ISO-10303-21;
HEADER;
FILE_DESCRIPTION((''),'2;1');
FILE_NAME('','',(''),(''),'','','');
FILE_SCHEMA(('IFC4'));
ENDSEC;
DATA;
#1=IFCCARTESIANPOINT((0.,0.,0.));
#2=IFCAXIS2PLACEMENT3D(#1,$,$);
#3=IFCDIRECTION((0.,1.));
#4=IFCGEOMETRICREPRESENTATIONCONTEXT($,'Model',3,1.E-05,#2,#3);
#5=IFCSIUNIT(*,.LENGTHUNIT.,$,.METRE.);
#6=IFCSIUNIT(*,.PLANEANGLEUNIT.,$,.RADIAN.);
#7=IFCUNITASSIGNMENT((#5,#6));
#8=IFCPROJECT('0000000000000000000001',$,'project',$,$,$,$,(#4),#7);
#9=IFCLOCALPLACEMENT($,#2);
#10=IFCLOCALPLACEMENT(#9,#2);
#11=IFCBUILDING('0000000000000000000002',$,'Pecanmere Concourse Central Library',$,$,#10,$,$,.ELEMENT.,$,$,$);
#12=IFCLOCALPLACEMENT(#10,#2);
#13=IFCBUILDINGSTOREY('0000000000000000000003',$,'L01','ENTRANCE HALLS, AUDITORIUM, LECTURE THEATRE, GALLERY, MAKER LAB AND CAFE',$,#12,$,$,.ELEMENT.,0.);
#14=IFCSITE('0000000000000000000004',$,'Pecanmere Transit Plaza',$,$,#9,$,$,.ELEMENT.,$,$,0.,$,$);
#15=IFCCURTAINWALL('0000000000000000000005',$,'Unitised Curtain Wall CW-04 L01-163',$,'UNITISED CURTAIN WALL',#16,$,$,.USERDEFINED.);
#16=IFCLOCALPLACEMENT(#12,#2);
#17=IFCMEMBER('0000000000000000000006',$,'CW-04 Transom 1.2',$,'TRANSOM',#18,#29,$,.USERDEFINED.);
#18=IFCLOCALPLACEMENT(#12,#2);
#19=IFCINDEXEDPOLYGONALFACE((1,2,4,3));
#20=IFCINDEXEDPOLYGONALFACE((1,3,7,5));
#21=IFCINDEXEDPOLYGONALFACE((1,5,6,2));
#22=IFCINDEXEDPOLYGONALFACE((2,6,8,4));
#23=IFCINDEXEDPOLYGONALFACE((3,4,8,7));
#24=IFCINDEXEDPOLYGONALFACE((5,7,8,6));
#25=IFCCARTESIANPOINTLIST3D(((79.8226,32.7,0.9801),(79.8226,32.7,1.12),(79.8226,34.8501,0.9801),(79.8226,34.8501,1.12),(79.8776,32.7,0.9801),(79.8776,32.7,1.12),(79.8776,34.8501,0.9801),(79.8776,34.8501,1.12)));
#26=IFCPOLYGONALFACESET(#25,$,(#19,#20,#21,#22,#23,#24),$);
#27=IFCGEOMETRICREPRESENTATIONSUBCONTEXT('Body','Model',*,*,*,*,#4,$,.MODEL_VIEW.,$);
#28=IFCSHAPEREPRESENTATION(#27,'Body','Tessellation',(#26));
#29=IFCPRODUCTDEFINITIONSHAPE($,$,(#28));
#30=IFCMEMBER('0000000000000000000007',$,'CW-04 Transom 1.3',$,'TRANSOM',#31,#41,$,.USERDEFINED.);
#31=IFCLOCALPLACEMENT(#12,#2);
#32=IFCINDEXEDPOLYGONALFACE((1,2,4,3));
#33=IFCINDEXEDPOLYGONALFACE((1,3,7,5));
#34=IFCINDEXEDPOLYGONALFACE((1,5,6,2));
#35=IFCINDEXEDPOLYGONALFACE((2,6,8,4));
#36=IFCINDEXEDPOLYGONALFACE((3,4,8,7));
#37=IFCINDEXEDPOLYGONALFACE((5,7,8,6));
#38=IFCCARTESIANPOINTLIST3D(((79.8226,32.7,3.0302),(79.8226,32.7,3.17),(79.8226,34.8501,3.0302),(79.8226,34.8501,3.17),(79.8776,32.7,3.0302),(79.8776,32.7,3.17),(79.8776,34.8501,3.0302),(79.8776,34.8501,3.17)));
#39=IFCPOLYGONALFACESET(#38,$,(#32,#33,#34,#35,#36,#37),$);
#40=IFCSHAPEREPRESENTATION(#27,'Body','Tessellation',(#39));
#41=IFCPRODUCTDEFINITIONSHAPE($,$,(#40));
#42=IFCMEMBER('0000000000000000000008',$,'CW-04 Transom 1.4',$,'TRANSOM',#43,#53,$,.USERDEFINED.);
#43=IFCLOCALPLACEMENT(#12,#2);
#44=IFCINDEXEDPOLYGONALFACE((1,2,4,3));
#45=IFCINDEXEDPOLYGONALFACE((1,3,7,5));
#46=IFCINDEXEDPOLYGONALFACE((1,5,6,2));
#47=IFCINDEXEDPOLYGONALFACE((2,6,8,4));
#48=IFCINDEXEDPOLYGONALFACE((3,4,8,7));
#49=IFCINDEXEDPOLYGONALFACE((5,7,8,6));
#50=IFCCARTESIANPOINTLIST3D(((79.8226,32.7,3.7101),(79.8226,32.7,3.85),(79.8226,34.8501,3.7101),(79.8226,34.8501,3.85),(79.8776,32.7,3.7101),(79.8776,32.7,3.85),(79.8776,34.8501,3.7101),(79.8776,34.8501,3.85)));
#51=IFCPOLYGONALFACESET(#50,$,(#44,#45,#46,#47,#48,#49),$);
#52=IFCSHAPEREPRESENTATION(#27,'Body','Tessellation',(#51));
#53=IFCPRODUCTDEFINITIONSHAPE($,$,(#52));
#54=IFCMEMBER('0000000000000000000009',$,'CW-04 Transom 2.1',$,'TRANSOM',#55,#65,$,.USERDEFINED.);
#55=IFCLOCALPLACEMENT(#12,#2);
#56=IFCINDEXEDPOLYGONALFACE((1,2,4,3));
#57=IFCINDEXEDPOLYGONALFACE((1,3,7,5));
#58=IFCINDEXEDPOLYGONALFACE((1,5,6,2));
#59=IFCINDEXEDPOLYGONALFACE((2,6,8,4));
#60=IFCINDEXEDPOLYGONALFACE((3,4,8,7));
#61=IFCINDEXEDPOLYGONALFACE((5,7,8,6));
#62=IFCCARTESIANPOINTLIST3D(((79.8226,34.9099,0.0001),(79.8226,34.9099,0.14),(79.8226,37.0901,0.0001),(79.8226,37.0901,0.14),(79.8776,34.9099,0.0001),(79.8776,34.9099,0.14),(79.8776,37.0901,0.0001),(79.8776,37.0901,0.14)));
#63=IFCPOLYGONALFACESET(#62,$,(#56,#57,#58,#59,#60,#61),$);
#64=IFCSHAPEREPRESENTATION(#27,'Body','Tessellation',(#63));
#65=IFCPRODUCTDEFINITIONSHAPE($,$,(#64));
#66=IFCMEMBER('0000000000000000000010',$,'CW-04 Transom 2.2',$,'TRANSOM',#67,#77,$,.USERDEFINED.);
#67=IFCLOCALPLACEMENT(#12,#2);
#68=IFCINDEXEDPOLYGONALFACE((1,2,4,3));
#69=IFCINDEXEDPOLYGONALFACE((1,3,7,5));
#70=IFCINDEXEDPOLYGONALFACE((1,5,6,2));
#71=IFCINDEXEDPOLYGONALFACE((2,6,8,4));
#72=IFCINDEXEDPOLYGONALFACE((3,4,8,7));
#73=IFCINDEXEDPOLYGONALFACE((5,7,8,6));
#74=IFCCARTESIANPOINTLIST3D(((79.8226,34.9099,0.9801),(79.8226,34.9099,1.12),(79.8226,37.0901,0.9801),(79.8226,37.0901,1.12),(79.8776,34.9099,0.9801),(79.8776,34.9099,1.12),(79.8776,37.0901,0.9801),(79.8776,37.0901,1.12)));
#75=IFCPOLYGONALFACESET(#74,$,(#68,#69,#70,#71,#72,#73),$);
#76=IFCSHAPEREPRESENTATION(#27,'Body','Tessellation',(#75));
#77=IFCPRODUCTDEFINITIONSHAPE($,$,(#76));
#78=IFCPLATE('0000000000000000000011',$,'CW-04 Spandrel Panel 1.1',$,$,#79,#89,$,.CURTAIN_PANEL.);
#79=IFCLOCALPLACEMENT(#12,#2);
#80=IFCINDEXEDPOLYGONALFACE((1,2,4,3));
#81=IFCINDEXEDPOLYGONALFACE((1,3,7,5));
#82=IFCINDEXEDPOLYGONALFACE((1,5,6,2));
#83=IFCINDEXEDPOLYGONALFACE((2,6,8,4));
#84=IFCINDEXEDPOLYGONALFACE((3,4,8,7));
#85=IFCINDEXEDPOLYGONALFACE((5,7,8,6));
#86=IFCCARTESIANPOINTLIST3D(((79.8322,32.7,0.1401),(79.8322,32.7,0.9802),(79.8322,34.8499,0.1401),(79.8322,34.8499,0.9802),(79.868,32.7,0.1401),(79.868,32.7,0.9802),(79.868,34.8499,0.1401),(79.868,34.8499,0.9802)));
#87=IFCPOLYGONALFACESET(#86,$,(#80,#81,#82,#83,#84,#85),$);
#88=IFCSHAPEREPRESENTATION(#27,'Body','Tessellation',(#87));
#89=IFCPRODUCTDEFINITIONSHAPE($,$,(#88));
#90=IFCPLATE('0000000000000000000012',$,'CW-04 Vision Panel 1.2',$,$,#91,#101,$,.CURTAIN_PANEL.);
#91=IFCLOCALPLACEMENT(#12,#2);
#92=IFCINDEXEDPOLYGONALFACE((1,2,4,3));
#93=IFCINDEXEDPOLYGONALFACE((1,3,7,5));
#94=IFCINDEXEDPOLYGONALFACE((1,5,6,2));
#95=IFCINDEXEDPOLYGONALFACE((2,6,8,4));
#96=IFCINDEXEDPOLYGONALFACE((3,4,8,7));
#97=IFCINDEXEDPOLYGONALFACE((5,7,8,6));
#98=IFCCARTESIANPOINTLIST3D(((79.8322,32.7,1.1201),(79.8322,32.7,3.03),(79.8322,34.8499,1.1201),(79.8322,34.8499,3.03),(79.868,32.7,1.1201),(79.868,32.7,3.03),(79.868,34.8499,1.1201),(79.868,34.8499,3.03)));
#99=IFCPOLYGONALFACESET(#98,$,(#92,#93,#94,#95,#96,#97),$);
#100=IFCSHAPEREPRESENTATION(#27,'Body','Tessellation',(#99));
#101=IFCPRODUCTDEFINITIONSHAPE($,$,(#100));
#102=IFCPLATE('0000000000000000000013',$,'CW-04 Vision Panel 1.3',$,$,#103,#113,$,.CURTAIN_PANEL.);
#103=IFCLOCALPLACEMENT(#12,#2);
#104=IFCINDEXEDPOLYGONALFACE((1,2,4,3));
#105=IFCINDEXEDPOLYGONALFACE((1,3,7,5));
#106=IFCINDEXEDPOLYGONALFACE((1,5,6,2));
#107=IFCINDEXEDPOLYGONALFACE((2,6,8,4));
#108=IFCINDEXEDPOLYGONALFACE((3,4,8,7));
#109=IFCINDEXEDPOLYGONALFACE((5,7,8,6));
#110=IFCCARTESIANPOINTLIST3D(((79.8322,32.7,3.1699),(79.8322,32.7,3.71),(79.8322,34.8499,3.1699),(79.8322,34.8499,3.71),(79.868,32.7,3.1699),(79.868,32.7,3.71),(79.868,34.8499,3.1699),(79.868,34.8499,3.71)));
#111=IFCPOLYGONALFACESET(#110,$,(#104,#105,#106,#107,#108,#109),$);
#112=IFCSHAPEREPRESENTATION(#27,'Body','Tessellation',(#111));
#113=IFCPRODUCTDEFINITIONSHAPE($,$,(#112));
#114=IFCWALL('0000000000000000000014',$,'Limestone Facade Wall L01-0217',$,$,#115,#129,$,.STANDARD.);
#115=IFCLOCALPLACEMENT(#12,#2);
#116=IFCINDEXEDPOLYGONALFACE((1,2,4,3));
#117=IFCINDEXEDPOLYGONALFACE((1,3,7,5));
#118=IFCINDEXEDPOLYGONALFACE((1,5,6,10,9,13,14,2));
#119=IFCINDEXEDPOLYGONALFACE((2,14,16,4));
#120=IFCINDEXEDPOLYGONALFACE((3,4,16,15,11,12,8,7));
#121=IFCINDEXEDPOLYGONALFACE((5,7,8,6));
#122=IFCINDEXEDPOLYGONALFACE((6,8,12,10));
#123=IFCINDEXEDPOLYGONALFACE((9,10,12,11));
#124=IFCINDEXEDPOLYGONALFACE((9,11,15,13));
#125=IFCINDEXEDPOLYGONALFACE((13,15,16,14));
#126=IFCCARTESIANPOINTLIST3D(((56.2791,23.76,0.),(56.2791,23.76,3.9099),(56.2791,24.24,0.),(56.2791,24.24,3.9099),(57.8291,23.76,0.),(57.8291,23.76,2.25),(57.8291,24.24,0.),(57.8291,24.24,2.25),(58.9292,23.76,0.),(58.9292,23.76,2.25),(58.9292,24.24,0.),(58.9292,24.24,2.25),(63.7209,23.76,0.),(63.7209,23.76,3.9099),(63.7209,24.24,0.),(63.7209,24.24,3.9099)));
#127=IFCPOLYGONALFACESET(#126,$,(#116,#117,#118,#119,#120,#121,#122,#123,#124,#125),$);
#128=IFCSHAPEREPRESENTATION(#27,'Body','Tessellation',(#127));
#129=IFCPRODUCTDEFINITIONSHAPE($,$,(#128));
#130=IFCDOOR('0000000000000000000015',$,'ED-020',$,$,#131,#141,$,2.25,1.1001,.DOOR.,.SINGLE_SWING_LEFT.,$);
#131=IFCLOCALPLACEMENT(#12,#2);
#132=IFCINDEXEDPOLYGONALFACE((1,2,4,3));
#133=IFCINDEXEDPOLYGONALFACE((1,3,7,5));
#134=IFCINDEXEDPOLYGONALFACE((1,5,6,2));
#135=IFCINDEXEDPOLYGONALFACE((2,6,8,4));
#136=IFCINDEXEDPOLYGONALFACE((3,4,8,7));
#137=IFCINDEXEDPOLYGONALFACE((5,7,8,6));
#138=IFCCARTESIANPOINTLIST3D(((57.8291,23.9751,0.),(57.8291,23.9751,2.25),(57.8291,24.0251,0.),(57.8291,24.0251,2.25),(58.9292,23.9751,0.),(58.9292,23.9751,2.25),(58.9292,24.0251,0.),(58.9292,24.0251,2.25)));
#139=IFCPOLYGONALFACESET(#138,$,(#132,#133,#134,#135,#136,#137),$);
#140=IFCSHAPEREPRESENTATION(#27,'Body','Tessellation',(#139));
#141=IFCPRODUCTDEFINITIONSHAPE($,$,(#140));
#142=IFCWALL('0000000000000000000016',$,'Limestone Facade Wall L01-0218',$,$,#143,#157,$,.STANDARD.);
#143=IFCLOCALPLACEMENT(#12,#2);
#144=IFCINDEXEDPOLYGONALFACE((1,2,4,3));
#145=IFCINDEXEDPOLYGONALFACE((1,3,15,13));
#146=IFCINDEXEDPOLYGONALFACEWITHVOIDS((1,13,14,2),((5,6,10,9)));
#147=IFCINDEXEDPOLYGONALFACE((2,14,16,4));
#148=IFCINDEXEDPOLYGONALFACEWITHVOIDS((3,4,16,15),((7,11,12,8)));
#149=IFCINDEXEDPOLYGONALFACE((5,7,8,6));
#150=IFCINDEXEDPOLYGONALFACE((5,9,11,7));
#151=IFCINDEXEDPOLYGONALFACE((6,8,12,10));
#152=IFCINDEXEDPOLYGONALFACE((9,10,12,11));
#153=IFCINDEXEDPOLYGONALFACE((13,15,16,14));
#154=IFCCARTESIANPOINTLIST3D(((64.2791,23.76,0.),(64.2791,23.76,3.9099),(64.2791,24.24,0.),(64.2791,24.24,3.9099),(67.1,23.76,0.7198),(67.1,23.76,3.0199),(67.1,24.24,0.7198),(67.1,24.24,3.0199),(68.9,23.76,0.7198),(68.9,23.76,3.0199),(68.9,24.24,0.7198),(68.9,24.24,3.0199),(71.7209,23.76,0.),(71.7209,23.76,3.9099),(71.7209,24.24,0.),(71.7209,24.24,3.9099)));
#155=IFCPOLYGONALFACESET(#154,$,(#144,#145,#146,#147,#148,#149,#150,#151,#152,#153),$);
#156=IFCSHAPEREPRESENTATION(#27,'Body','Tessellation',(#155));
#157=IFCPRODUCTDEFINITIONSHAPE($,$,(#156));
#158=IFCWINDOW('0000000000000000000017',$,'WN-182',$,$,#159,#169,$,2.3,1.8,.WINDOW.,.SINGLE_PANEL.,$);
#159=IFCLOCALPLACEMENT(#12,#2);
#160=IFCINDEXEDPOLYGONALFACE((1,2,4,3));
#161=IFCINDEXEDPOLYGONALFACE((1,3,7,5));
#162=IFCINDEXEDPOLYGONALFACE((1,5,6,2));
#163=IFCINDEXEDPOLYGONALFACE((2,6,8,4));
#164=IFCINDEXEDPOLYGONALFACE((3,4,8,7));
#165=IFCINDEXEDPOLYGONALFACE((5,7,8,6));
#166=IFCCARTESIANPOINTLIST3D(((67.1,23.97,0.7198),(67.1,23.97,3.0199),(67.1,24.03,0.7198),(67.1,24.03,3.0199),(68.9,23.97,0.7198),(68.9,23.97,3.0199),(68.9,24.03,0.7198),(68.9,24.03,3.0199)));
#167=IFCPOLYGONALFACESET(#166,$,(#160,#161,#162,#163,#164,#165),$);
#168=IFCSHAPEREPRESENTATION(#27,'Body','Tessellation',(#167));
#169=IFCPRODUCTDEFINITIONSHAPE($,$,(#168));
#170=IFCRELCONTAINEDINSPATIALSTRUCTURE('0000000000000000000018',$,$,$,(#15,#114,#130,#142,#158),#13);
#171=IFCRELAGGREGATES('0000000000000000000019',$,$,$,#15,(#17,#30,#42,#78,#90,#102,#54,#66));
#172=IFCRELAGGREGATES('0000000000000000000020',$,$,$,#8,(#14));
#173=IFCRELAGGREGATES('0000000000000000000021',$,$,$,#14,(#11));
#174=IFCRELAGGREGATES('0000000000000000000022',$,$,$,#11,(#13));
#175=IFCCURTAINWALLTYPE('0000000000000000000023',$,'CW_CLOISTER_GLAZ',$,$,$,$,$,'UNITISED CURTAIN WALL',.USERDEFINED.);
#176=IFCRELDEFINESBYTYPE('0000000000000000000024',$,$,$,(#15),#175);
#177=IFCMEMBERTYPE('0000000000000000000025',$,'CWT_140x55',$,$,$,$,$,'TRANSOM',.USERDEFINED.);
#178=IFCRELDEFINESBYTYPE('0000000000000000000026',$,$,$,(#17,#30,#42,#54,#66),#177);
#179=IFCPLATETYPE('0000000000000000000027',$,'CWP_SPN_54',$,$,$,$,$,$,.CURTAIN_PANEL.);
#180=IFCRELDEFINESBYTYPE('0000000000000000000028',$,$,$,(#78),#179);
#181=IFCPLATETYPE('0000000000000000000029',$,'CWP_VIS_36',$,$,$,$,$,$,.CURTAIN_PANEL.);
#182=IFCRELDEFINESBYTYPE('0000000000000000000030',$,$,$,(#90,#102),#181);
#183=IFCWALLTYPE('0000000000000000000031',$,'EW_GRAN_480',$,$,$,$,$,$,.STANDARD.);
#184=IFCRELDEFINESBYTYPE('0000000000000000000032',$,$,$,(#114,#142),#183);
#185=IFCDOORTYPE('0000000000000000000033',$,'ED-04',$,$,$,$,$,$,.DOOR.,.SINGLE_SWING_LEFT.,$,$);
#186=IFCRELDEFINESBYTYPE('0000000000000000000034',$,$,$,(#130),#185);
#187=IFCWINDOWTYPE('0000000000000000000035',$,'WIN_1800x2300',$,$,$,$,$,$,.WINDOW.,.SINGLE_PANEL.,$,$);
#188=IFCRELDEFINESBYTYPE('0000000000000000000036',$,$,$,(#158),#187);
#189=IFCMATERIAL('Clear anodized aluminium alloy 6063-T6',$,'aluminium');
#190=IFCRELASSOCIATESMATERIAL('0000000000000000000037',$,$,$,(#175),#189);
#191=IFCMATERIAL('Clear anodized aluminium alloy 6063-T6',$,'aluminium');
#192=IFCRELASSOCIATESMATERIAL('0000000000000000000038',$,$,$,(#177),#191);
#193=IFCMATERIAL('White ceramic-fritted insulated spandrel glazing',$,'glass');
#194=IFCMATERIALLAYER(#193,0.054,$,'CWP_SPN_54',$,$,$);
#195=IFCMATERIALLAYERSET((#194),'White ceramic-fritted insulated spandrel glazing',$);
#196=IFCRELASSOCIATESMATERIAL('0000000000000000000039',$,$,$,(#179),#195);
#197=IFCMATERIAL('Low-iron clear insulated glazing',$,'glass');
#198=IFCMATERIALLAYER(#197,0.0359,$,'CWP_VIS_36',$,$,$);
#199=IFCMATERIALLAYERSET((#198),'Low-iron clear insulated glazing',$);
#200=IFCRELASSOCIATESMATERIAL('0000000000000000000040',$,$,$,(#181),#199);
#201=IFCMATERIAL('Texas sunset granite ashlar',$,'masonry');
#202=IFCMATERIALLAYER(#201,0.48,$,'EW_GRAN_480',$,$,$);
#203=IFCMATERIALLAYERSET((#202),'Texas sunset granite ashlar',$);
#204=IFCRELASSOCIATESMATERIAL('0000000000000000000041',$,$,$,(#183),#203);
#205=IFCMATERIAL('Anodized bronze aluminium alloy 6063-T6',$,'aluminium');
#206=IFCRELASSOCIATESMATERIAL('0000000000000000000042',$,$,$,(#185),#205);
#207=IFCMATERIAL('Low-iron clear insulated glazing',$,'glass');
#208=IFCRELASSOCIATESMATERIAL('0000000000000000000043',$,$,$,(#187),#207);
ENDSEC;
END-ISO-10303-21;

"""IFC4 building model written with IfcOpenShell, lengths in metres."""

from ifc_helpers import new_model, si_unit, direction, frame, frame_2d, origin, origin_2d, place, context, subcontext, project, spatial, rectangle, extrude, material, layer, layer_set, material_profile, profile_set, type_object, element, fill, aggregate, save


model = new_model("IFC4")

# Units and contexts
model_context = context("Model", 3, precision=1e-05, world=origin(), true_north=direction((0.0, 1.0)))
body_context = subcontext(model_context, "Body", "Model", "MODEL_VIEW")
ifc_project = project(units=[si_unit("LENGTHUNIT", "METRE"), si_unit("PLANEANGLEUNIT", "RADIAN")], contexts=[model_context])

# Site, building, storey
site_placement = place(None, origin())
site = spatial("IfcSite", under=ifc_project, at=site_placement, Name="Pecanmere Transit Plaza", CompositionType="ELEMENT", RefElevation=0.0)
building_placement = place(site_placement, origin())
building = spatial("IfcBuilding", under=site, at=building_placement, Name="Pecanmere Concourse Central Library", CompositionType="ELEMENT")
storey_placement = place(building_placement, origin())
storey = spatial("IfcBuildingStorey", under=building, at=storey_placement, Name="L01", Description="ENTRANCE HALLS, AUDITORIUM, LECTURE THEATRE, GALLERY, MAKER LAB AND CAFE", CompositionType="ELEMENT", Elevation=0.0)

# Curtain wall, members, plates
ifc_material_1 = material(Name="Clear anodized aluminium alloy 6063-T6", Category="aluminium")
curtain_wall_type = type_object("IfcCurtainWallType", Name="CW_CLOISTER_GLAZ", ElementType="UNITISED CURTAIN WALL", PredefinedType="USERDEFINED", material=ifc_material_1)
curtain_wall_placement = place(storey_placement, origin())
curtain_wall = element("IfcCurtainWall", 1, at=curtain_wall_placement, inside=storey, type_object=curtain_wall_type, Name="Unitised Curtain Wall CW-04 L01-163", ObjectType="UNITISED CURTAIN WALL", PredefinedType="USERDEFINED")
ifc_material_2 = material(Name="Clear anodized aluminium alloy 6063-T6", Category="aluminium")
ifc_material_profile_1 = material_profile(ifc_material_2, rectangle(XDim=0.0549, YDim=0.1399, at=origin_2d()), Name="AL 55x140")
ifc_profile_set_1 = profile_set([ifc_material_profile_1], Name="Clear anodized aluminium alloy 6063-T6")
member_type_1 = type_object("IfcMemberType", Name="CWT_140x55", ElementType="TRANSOM", PredefinedType="USERDEFINED", material=ifc_profile_set_1)
member_1_placement = place(storey_placement, frame((79.8501, 32.7, 1.05), z_axis=(0.0, 1.0, 0.0), x_axis=(-1.0, 0.0, 0.0)))
member_1 = element("IfcMember", 2, at=member_1_placement, type_object=member_type_1, Name="CW-04 Transom 1.2", ObjectType="TRANSOM", PredefinedType="USERDEFINED", context=body_context, shape_type="SweptSolid", body=[
    extrude(rectangle(XDim=0.0549, YDim=0.1399, at=origin_2d()), origin(), (0.0, 0.0, 1.0), 2.1501),
])
member_2_placement = place(storey_placement, frame((79.8501, 32.7, 3.1001), z_axis=(0.0, 1.0, 0.0), x_axis=(-1.0, 0.0, 0.0)))
member_2 = element("IfcMember", 3, at=member_2_placement, type_object=member_type_1, Name="CW-04 Transom 1.3", ObjectType="TRANSOM", PredefinedType="USERDEFINED", context=body_context, shape_type="SweptSolid", body=[
    extrude(rectangle(XDim=0.0549, YDim=0.1399, at=origin_2d()), origin(), (0.0, 0.0, 1.0), 2.1501),
])
member_3_placement = place(storey_placement, frame((79.8501, 32.7, 3.78), z_axis=(0.0, 1.0, 0.0), x_axis=(-1.0, 0.0, 0.0)))
member_3 = element("IfcMember", 4, at=member_3_placement, type_object=member_type_1, Name="CW-04 Transom 1.4", ObjectType="TRANSOM", PredefinedType="USERDEFINED", context=body_context, shape_type="SweptSolid", body=[
    extrude(rectangle(XDim=0.0549, YDim=0.1399, at=origin_2d()), origin(), (0.0, 0.0, 1.0), 2.1501),
])
member_4_placement = place(storey_placement, frame((79.8501, 34.9099, 0.0701), z_axis=(0.0, 1.0, 0.0), x_axis=(-1.0, 0.0, 0.0)))
member_4 = element("IfcMember", 5, at=member_4_placement, type_object=member_type_1, Name="CW-04 Transom 2.1", ObjectType="TRANSOM", PredefinedType="USERDEFINED", context=body_context, shape_type="SweptSolid", body=[
    extrude(rectangle(XDim=0.0549, YDim=0.1399, at=origin_2d()), origin(), (0.0, 0.0, 1.0), 2.1802),
])
member_5_placement = place(storey_placement, frame((79.8501, 34.9099, 1.05), z_axis=(0.0, 1.0, 0.0), x_axis=(-1.0, 0.0, 0.0)))
member_5 = element("IfcMember", 6, at=member_5_placement, type_object=member_type_1, Name="CW-04 Transom 2.2", ObjectType="TRANSOM", PredefinedType="USERDEFINED", context=body_context, shape_type="SweptSolid", body=[
    extrude(rectangle(XDim=0.0549, YDim=0.1399, at=origin_2d()), origin(), (0.0, 0.0, 1.0), 2.1802),
])
ifc_material_3 = material(Name="White ceramic-fritted insulated spandrel glazing", Category="glass")
ifc_layer_1 = layer(ifc_material_3, 0.054, Name="CWP_SPN_54")
ifc_layer_set_1 = layer_set([ifc_layer_1], Name="White ceramic-fritted insulated spandrel glazing")
plate_type_1 = type_object("IfcPlateType", Name="CWP_SPN_54", PredefinedType="CURTAIN_PANEL", material=ifc_layer_set_1)
plate_1_placement = place(storey_placement, frame((79.8501, 33.7749, 0.1401), z_axis=(0.0, 0.0, 1.0), x_axis=(0.0, 1.0, 0.0)))
plate_1 = element("IfcPlate", 7, at=plate_1_placement, type_object=plate_type_1, Name="CW-04 Spandrel Panel 1.1", PredefinedType="CURTAIN_PANEL", context=body_context, shape_type="SweptSolid", body=[
    extrude(rectangle(XDim=2.1499, YDim=0.0359, at=origin_2d()), origin(), (0.0, 0.0, 1.0), 0.8401),
])
ifc_material_4 = material(Name="Low-iron clear insulated glazing", Category="glass")
ifc_layer_2 = layer(ifc_material_4, 0.0359, Name="CWP_VIS_36")
ifc_layer_set_2 = layer_set([ifc_layer_2], Name="Low-iron clear insulated glazing")
plate_type_2 = type_object("IfcPlateType", Name="CWP_VIS_36", PredefinedType="CURTAIN_PANEL", material=ifc_layer_set_2)
plate_2_placement = place(storey_placement, frame((79.8501, 33.7749, 1.1201), z_axis=(0.0, 0.0, 1.0), x_axis=(0.0, 1.0, 0.0)))
plate_2 = element("IfcPlate", 8, at=plate_2_placement, type_object=plate_type_2, Name="CW-04 Vision Panel 1.2", PredefinedType="CURTAIN_PANEL", context=body_context, shape_type="SweptSolid", body=[
    extrude(rectangle(XDim=2.1499, YDim=0.0359, at=origin_2d()), origin(), (0.0, 0.0, 1.0), 1.9099),
])
plate_3_placement = place(storey_placement, frame((79.8501, 33.7749, 3.1699), z_axis=(0.0, 0.0, 1.0), x_axis=(0.0, 1.0, 0.0)))
plate_3 = element("IfcPlate", 9, at=plate_3_placement, type_object=plate_type_2, Name="CW-04 Vision Panel 1.3", PredefinedType="CURTAIN_PANEL", context=body_context, shape_type="SweptSolid", body=[
    extrude(rectangle(XDim=2.1499, YDim=0.0359, at=origin_2d()), origin(), (0.0, 0.0, 1.0), 0.54),
])
aggregate(curtain_wall, [member_1, member_2, member_3, plate_1, plate_2, plate_3, member_4, member_5])

# Wall, opening, door
ifc_material_5 = material(Name="Texas sunset granite ashlar", Category="masonry")
ifc_layer_3 = layer(ifc_material_5, 0.48, Name="EW_GRAN_480")
ifc_layer_set_3 = layer_set([ifc_layer_3], Name="Texas sunset granite ashlar")
wall_type_1 = type_object("IfcWallType", Name="EW_GRAN_480", PredefinedType="STANDARD", material=ifc_layer_set_3)
wall_1_placement = place(storey_placement, frame((56.2791, 24.0, 0.0), z_axis=(0.0, 0.0, 1.0), x_axis=(1.0, 0.0, 0.0)))
wall_1 = element("IfcWall", 10, at=wall_1_placement, inside=storey, type_object=wall_type_1, Name="Limestone Facade Wall L01-0217", PredefinedType="STANDARD", context=body_context, shape_type="SweptSolid", body=[
    extrude(rectangle(XDim=7.4419, YDim=0.48, at=frame_2d((3.7209, 0.0))), origin(), (0.0, 0.0, 1.0), 3.9099),
])
opening_1_placement = place(wall_1_placement, frame((1.55, 0.0, 0.0)))
opening_1 = element("IfcOpeningElement", 11, at=opening_1_placement, cuts=wall_1, PredefinedType="OPENING", context=body_context, shape_type="SweptSolid", body=[
    extrude(rectangle(XDim=1.1001, YDim=2.25, at=frame_2d((0.55, 1.125))), frame((0.0, 0.252, 0.0), z_axis=(0.0, -1.0, 0.0), x_axis=(1.0, 0.0, 0.0)), (0.0, 0.0, 1.0), 0.5039),
])
ifc_material_6 = material(Name="Anodized bronze aluminium alloy 6063-T6", Category="aluminium")
door_type_1 = type_object("IfcDoorType", Name="ED-04", OperationType="SINGLE_SWING_LEFT", PredefinedType="DOOR", material=ifc_material_6)
door_1_placement = place(opening_1_placement, frame((1.1001, 0.0, 0.0), z_axis=(0.0, 0.0, 1.0), x_axis=(-1.0, 0.0, 0.0)))
door_1 = element("IfcDoor", 12, at=door_1_placement, inside=storey, type_object=door_type_1, Name="ED-020", OperationType="SINGLE_SWING_LEFT", OverallHeight=2.25, OverallWidth=1.1001, PredefinedType="DOOR", context=body_context, shape_type="SweptSolid", body=[
    extrude(rectangle(XDim=1.1001, YDim=2.25, at=frame_2d((0.55, 1.125))), frame((0.0, 0.0249, 0.0), z_axis=(0.0, -1.0, 0.0), x_axis=(1.0, 0.0, 0.0)), (0.0, 0.0, 1.0), 0.05),
])
fill(opening_1, door_1)

# Wall, opening, window
wall_2_placement = place(storey_placement, frame((64.2791, 24.0, 0.0), z_axis=(0.0, 0.0, 1.0), x_axis=(1.0, 0.0, 0.0)))
wall_2 = element("IfcWall", 13, at=wall_2_placement, inside=storey, type_object=wall_type_1, Name="Limestone Facade Wall L01-0218", PredefinedType="STANDARD", context=body_context, shape_type="SweptSolid", body=[
    extrude(rectangle(XDim=7.4419, YDim=0.48, at=frame_2d((3.7209, 0.0))), origin(), (0.0, 0.0, 1.0), 3.9099),
])
opening_2_placement = place(wall_2_placement, frame((2.821, 0.0, 0.72)))
opening_2 = element("IfcOpeningElement", 14, at=opening_2_placement, cuts=wall_2, PredefinedType="OPENING", context=body_context, shape_type="SweptSolid", body=[
    extrude(rectangle(XDim=1.8, YDim=2.3, at=frame_2d((0.8999, 1.1499))), frame((0.0, 0.252, 0.0), z_axis=(0.0, -1.0, 0.0), x_axis=(1.0, 0.0, 0.0)), (0.0, 0.0, 1.0), 0.5039),
])
ifc_material_7 = material(Name="Low-iron clear insulated glazing", Category="glass")
window_type_1 = type_object("IfcWindowType", Name="WIN_1800x2300", PartitioningType="SINGLE_PANEL", PredefinedType="WINDOW", material=ifc_material_7)
window_1_placement = place(opening_2_placement, origin())
window_1 = element("IfcWindow", 15, at=window_1_placement, inside=storey, type_object=window_type_1, Name="WN-182", OverallHeight=2.3, OverallWidth=1.8, PartitioningType="SINGLE_PANEL", PredefinedType="WINDOW", context=body_context, shape_type="SweptSolid", body=[
    extrude(rectangle(XDim=1.8, YDim=2.3, at=frame_2d((0.8999, 1.1499))), frame((0.0, 0.03, 0.0), z_axis=(0.0, -1.0, 0.0), x_axis=(1.0, 0.0, 0.0)), (0.0, 0.0, 1.0), 0.0601),
])
fill(opening_2, window_1)

save(model, "model.ifc")
